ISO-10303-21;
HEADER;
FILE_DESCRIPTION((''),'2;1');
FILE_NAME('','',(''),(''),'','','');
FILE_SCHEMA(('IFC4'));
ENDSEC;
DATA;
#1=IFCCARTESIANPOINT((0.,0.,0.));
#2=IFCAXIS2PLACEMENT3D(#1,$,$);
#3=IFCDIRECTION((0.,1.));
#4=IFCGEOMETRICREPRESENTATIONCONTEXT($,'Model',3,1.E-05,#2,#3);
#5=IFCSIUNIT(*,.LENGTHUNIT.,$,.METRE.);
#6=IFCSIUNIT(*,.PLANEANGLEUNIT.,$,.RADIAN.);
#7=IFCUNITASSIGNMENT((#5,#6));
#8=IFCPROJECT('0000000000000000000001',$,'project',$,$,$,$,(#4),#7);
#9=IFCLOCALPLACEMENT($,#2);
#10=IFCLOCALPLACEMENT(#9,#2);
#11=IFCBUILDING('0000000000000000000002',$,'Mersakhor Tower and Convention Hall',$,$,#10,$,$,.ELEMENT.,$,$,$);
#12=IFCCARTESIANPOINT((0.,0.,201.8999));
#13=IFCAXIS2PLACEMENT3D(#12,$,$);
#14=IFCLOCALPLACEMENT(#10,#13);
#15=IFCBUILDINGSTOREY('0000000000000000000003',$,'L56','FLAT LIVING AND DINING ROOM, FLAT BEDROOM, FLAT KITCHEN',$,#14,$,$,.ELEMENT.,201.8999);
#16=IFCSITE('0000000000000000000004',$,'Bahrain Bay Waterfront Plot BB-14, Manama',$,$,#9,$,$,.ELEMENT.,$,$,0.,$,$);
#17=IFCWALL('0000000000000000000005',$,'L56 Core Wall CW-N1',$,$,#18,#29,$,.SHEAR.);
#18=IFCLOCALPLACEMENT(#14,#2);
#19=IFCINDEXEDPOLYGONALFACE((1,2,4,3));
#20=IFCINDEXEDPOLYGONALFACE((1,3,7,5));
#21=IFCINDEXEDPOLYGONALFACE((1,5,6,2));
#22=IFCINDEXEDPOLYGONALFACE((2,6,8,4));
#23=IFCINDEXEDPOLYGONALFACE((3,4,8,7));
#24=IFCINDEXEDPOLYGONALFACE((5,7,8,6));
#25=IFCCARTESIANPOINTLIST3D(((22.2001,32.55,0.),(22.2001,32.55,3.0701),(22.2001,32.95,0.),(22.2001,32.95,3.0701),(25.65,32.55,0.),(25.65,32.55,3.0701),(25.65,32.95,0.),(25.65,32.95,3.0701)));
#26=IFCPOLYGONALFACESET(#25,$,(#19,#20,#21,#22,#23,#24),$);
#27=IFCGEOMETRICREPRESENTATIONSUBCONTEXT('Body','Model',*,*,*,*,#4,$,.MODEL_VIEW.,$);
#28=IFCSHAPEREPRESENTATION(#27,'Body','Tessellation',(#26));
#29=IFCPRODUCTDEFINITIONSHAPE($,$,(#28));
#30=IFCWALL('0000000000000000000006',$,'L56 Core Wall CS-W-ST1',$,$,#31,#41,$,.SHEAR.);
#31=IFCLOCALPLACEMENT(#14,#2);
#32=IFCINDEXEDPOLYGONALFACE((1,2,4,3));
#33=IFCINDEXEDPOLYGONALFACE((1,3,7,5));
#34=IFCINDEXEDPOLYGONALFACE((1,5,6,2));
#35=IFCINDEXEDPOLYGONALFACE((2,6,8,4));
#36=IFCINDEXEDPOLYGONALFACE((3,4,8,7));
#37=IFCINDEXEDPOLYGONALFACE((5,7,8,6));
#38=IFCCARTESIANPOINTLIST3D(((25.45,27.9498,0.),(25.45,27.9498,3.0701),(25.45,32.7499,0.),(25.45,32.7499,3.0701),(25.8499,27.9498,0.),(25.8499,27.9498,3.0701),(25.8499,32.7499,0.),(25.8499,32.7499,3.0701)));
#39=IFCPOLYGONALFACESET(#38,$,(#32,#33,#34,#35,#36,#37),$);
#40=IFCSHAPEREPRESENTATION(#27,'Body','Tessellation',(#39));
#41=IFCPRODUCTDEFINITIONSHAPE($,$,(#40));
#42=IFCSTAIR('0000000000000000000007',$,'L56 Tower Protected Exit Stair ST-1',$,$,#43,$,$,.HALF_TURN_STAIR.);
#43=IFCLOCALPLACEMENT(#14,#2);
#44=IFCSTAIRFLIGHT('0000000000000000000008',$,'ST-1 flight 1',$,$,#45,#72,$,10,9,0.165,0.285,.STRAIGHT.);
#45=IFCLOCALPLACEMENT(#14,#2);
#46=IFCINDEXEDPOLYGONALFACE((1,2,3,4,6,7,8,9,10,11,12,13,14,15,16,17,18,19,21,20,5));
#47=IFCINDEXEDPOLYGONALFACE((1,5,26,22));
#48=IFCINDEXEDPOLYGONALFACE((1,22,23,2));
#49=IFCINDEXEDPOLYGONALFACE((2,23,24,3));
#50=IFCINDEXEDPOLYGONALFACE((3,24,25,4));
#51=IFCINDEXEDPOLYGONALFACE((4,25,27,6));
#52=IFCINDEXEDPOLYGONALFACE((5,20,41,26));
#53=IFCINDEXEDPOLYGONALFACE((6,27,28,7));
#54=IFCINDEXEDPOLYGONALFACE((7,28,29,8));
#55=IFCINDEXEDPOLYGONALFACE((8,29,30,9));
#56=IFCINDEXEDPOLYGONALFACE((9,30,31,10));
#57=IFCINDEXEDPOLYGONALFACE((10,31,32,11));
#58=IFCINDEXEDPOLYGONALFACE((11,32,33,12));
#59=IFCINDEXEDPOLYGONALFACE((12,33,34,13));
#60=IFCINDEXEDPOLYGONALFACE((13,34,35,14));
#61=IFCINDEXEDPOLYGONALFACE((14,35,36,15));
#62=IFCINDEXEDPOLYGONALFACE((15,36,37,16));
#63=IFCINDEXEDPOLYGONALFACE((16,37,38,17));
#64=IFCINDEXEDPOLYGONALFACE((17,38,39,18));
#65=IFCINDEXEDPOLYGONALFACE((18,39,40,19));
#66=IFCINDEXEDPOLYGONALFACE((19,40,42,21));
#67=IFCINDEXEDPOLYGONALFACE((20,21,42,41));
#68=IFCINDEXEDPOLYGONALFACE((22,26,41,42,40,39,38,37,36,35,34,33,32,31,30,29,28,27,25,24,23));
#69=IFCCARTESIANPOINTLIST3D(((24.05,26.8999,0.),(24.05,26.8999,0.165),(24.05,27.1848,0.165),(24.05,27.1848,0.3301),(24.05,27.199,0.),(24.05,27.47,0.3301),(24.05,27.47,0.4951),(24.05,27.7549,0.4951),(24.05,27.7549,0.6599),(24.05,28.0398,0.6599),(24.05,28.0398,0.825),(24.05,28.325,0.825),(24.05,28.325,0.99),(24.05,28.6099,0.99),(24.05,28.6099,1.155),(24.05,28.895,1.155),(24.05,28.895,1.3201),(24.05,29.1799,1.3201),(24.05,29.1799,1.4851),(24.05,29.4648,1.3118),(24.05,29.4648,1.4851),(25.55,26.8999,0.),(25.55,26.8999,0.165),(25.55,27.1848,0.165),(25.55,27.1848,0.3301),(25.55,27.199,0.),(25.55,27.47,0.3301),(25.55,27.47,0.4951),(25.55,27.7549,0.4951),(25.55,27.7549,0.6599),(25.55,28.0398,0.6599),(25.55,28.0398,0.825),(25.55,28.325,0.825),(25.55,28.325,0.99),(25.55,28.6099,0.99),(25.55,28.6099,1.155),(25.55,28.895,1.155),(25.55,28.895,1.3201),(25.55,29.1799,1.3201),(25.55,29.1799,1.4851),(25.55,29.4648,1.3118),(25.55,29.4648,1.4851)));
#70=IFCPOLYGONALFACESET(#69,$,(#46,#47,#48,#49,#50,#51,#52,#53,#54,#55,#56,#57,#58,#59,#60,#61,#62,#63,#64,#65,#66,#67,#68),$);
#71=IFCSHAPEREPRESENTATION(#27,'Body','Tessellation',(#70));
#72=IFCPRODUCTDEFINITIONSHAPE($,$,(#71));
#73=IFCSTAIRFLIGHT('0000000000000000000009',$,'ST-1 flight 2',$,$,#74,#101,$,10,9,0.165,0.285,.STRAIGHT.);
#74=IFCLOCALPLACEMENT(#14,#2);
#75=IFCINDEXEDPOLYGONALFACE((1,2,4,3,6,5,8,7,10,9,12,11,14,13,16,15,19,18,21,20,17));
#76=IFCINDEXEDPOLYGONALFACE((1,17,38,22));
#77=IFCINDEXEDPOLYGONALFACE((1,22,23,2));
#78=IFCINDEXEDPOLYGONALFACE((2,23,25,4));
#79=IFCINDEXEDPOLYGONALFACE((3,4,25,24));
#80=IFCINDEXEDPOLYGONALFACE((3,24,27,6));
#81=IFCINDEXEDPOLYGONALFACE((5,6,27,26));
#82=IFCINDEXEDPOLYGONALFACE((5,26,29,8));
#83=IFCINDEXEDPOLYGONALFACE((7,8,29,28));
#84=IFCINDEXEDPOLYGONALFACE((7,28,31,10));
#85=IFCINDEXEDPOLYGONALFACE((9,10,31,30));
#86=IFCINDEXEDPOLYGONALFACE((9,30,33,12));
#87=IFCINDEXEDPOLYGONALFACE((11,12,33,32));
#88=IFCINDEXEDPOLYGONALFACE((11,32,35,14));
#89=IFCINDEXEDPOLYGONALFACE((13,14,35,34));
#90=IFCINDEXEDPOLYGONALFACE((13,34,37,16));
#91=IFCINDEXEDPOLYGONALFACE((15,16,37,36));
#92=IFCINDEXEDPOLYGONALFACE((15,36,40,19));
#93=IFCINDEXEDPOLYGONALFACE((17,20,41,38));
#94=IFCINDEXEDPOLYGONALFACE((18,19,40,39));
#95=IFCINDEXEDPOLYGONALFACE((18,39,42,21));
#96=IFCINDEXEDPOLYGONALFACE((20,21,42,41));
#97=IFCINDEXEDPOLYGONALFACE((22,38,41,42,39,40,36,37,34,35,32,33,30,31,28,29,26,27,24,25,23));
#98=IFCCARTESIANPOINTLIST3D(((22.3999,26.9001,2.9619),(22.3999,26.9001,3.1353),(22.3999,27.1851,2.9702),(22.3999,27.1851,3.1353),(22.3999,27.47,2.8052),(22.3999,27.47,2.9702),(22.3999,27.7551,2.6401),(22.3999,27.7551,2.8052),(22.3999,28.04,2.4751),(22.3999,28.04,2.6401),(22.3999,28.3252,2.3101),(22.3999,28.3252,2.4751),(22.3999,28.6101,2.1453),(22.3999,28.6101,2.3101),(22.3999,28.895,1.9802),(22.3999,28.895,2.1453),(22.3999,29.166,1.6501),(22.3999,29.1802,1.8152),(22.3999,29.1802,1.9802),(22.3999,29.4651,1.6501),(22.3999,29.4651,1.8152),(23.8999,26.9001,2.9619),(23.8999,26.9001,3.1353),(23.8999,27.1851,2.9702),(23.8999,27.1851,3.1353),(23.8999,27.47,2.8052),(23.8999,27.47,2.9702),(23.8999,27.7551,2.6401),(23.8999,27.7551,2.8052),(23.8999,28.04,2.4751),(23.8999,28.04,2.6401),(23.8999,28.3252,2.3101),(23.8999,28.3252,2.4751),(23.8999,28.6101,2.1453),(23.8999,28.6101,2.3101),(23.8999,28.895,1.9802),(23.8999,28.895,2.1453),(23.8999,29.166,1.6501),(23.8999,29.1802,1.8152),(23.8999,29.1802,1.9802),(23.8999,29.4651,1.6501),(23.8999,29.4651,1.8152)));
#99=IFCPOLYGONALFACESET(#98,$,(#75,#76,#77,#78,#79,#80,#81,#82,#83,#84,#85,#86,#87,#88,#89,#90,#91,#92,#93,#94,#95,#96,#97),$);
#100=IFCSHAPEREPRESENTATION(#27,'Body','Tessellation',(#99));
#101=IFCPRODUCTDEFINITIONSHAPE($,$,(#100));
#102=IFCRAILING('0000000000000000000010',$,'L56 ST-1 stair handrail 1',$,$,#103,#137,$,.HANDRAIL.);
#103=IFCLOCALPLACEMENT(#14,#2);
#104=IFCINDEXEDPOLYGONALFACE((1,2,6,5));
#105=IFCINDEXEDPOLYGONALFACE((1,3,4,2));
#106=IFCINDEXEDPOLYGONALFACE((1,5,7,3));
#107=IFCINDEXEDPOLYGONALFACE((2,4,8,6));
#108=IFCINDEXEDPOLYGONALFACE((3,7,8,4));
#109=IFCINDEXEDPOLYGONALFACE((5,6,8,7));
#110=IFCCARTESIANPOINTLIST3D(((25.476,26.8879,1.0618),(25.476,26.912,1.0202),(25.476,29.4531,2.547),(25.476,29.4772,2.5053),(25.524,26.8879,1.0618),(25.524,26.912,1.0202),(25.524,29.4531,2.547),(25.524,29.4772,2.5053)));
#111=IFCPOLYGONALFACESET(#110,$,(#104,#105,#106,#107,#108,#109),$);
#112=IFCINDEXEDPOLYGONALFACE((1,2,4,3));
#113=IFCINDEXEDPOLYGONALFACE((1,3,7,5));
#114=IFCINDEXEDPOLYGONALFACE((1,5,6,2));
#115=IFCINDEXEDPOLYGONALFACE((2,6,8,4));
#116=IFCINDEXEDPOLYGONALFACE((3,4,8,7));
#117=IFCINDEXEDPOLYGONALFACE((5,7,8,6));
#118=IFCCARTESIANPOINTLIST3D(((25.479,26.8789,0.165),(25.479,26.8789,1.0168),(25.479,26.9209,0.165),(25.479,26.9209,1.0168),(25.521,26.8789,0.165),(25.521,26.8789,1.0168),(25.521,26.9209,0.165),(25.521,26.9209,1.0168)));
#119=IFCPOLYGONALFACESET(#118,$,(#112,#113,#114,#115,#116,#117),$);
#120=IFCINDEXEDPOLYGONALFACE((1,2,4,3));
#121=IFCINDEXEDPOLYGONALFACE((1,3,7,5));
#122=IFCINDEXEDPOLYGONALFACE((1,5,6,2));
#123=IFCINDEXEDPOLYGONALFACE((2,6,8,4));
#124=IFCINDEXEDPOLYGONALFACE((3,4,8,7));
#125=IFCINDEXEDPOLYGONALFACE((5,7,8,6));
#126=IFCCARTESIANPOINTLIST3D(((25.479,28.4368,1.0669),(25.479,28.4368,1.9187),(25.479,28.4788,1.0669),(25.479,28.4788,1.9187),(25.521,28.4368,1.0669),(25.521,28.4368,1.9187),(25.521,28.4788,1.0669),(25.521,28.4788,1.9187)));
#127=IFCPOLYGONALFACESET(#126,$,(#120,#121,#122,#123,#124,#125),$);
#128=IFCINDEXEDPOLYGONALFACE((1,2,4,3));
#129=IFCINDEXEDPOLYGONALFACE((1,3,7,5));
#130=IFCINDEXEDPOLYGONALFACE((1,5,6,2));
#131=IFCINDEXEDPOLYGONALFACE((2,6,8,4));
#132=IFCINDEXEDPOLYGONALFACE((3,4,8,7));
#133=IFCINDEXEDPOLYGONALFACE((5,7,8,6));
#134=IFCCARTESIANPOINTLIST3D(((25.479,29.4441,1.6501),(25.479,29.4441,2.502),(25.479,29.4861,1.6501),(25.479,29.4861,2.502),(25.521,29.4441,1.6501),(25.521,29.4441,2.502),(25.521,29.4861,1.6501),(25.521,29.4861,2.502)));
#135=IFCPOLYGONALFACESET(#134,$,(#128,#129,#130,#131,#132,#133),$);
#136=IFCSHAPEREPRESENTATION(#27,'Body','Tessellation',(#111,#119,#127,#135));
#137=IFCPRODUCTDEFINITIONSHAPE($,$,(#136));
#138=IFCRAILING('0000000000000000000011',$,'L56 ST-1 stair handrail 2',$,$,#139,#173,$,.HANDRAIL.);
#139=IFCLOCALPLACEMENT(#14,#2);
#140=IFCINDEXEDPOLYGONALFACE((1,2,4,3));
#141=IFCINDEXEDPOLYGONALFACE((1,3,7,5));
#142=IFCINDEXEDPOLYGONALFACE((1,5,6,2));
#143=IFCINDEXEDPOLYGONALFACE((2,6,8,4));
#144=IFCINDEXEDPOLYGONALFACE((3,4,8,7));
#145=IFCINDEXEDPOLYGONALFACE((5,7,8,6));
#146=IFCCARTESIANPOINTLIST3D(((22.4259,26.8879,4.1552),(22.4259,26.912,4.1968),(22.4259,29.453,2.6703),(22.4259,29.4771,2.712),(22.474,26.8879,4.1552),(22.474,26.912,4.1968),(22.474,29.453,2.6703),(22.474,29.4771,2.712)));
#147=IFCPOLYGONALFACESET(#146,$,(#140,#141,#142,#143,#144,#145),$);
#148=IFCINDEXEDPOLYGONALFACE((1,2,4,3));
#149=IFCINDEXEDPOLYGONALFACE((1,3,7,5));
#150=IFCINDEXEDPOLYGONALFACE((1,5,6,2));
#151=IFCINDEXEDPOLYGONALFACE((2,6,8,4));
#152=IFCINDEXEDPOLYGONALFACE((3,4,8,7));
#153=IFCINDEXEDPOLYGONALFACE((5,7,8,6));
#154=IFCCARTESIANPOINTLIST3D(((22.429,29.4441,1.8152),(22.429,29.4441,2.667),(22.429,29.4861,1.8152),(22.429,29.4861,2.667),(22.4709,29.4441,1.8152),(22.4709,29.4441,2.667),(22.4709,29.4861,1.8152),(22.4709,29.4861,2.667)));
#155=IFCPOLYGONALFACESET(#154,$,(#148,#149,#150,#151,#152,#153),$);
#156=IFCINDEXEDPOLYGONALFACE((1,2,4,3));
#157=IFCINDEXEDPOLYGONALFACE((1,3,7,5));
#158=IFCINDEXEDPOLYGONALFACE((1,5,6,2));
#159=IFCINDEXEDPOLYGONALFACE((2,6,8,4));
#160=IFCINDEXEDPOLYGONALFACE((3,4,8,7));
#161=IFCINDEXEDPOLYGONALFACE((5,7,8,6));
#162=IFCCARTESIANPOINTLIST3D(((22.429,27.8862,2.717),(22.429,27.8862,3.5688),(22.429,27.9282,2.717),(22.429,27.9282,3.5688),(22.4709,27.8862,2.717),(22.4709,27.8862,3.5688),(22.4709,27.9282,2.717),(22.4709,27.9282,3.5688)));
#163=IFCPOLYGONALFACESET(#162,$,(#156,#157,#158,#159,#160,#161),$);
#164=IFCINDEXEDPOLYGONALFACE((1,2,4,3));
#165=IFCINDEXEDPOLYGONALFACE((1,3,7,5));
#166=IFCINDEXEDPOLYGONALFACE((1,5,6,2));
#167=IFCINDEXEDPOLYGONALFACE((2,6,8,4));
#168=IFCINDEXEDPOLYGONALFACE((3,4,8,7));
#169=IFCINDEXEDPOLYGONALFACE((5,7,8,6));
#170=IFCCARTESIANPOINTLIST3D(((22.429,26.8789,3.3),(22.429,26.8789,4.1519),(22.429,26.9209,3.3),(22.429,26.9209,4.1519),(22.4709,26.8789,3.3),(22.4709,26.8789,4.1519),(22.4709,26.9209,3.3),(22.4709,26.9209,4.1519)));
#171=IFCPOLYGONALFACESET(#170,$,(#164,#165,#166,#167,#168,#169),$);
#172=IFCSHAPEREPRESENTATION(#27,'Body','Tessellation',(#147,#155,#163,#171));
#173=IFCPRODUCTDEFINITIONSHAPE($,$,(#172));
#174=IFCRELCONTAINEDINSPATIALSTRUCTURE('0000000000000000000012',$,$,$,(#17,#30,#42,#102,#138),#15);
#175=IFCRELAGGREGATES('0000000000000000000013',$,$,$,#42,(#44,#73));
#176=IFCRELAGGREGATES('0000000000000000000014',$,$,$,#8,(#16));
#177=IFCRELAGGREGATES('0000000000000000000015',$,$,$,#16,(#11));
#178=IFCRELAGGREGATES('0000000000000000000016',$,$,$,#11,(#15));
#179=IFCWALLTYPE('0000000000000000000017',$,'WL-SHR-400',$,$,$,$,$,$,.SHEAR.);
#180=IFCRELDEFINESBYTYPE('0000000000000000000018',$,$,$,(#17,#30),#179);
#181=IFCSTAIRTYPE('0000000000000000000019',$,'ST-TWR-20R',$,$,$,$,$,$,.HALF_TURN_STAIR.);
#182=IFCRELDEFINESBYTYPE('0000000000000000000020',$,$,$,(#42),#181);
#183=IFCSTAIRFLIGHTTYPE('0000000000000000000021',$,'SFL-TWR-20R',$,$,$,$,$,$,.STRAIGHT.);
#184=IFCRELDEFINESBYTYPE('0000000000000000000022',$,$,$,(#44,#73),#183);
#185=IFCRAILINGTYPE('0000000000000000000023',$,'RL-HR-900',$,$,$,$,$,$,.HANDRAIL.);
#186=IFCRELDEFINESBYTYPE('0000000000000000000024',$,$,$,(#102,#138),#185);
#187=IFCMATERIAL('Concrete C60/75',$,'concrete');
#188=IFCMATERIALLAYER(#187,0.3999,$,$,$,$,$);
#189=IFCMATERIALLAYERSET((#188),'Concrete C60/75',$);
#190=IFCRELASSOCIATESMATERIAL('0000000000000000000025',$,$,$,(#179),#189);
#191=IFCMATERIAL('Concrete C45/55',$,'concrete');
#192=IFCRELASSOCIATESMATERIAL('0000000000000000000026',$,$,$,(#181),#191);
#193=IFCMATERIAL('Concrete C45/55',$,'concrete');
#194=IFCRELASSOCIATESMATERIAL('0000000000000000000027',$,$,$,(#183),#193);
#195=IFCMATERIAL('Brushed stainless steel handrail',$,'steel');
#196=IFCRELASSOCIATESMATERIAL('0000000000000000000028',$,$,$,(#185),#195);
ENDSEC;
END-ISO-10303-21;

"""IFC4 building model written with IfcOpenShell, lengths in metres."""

from ifc_helpers import new_model, si_unit, direction, frame, frame_2d, origin, origin_2d, place, context, subcontext, project, spatial, polyline, rectangle, outline, extrude, material, layer, layer_set, type_object, element, aggregate, save


model = new_model("IFC4")

# Units and contexts
model_context = context("Model", 3, precision=1e-05, world=origin(), true_north=direction((0.0, 1.0)))
body_context = subcontext(model_context, "Body", "Model", "MODEL_VIEW")
ifc_project = project(units=[si_unit("LENGTHUNIT", "METRE"), si_unit("PLANEANGLEUNIT", "RADIAN")], contexts=[model_context])

# Site, building, storey
site_placement = place(None, origin())
site = spatial("IfcSite", under=ifc_project, at=site_placement, Name="Bahrain Bay Waterfront Plot BB-14, Manama", CompositionType="ELEMENT", RefElevation=0.0)
building_placement = place(site_placement, origin())
building = spatial("IfcBuilding", under=site, at=building_placement, Name="Mersakhor Tower and Convention Hall", CompositionType="ELEMENT")
storey_placement = place(building_placement, frame((0.0, 0.0, 201.8999)))
storey = spatial("IfcBuildingStorey", under=building, at=storey_placement, Name="L56", Description="FLAT LIVING AND DINING ROOM, FLAT BEDROOM, FLAT KITCHEN", CompositionType="ELEMENT", Elevation=201.8999)

# Wall
ifc_material_1 = material(Name="Concrete C60/75", Category="concrete")
ifc_layer_1 = layer(ifc_material_1, 0.3999)
ifc_layer_set_1 = layer_set([ifc_layer_1], Name="Concrete C60/75")
wall_type_1 = type_object("IfcWallType", Name="WL-SHR-400", PredefinedType="SHEAR", material=ifc_layer_set_1)
wall_1_placement = place(storey_placement, frame((22.2, 32.75, 0.0), z_axis=(0.0, 0.0, 1.0), x_axis=(1.0, 0.0, 0.0)))
element("IfcWall", 1, at=wall_1_placement, inside=storey, type_object=wall_type_1, Name="L56 Core Wall CW-N1", PredefinedType="SHEAR", context=body_context, shape_type="SweptSolid", body=[
    extrude(rectangle(XDim=3.45, YDim=0.3999, at=frame_2d((1.7251, 0.0))), origin(), (0.0, 0.0, 1.0), 3.0701),
])

# Wall
wall_2_placement = place(storey_placement, frame((25.6499, 27.95, 0.0), z_axis=(0.0, 0.0, 1.0), x_axis=(0.0, 1.0, 0.0)))
element("IfcWall", 2, at=wall_2_placement, inside=storey, type_object=wall_type_1, Name="L56 Core Wall CS-W-ST1", PredefinedType="SHEAR", context=body_context, shape_type="SweptSolid", body=[
    extrude(rectangle(XDim=4.8, YDim=0.3999, at=frame_2d((2.3999, 0.0))), origin(), (0.0, 0.0, 1.0), 3.0701),
])

# Stair, stair flights
ifc_material_2 = material(Name="Concrete C45/55", Category="concrete")
stair_type = type_object("IfcStairType", Name="ST-TWR-20R", PredefinedType="HALF_TURN_STAIR", material=ifc_material_2)
stair_placement = place(storey_placement, origin())
stair = element("IfcStair", 3, at=stair_placement, inside=storey, type_object=stair_type, Name="L56 Tower Protected Exit Stair ST-1", PredefinedType="HALF_TURN_STAIR")
ifc_material_3 = material(Name="Concrete C45/55", Category="concrete")
stair_flight_type = type_object("IfcStairFlightType", Name="SFL-TWR-20R", PredefinedType="STRAIGHT", material=ifc_material_3)
stair_flight_1_placement = place(storey_placement, frame((24.8, 26.8999, 0.0), z_axis=(0.0, 0.0, 1.0), x_axis=(0.0, 1.0, 0.0)))
stair_flight_1 = element("IfcStairFlight", 4, at=stair_flight_1_placement, type_object=stair_flight_type, Name="ST-1 flight 1", NumberOfRisers=10, NumberOfTreads=9, PredefinedType="STRAIGHT", RiserHeight=0.165, TreadLength=0.285, context=body_context, shape_type="SweptSolid", body=[
    extrude(outline(polyline([(0.0, 0.0), (0.0, 0.165), (0.2849, 0.165), (0.2849, 0.3301), (0.5701, 0.3301), (0.5701, 0.4951), (0.855, 0.4951), (0.855, 0.6599), (1.1399, 0.6599), (1.1399, 0.825), (1.425, 0.825), (1.425, 0.99), (1.71, 0.99), (1.71, 1.155), (1.9951, 1.155), (1.9951, 1.3201), (2.28, 1.3201), (2.28, 1.4851), (2.5649, 1.4851), (2.5649, 1.6499), (2.5649, 1.3118), (0.2991, 0.0), (0.0, 0.0)])), frame((0.0, 0.75, 0.0), z_axis=(0.0, -1.0, 0.0), x_axis=(1.0, 0.0, 0.0)), (0.0, 0.0, 1.0), 1.5),
])
stair_flight_2_placement = place(storey_placement, frame((23.1499, 29.4651, 1.6501), z_axis=(0.0, 0.0, 1.0), x_axis=(0.0, -1.0, 0.0)))
stair_flight_2 = element("IfcStairFlight", 5, at=stair_flight_2_placement, type_object=stair_flight_type, Name="ST-1 flight 2", NumberOfRisers=10, NumberOfTreads=9, PredefinedType="STRAIGHT", RiserHeight=0.165, TreadLength=0.285, context=body_context, shape_type="SweptSolid", body=[
    extrude(outline(polyline([(0.0, 0.0), (0.0, 0.165), (0.2849, 0.165), (0.2849, 0.3301), (0.5701, 0.3301), (0.5701, 0.4951), (0.855, 0.4951), (0.855, 0.6599), (1.1399, 0.6599), (1.1399, 0.825), (1.425, 0.825), (1.425, 0.99), (1.71, 0.99), (1.71, 1.155), (1.9951, 1.155), (1.9951, 1.3201), (2.28, 1.3201), (2.28, 1.4851), (2.5649, 1.4851), (2.5649, 1.6499), (2.5649, 1.3118), (0.2991, 0.0), (0.0, 0.0)])), frame((0.0, 0.75, 0.0), z_axis=(0.0, -1.0, 0.0), x_axis=(1.0, 0.0, 0.0)), (0.0, 0.0, 1.0), 1.5),
])
aggregate(stair, [stair_flight_1, stair_flight_2])

# Railings
ifc_material_4 = material(Name="Brushed stainless steel handrail", Category="steel")
railing_type_1 = type_object("IfcRailingType", Name="RL-HR-900", PredefinedType="HANDRAIL", material=ifc_material_4)
railing_1_placement = place(storey_placement, frame((25.5, 26.8999, 0.165)))
element("IfcRailing", 6, at=railing_1_placement, inside=storey, type_object=railing_type_1, Name="L56 ST-1 stair handrail 1", PredefinedType="HANDRAIL", context=body_context, shape_type="SweptSolid", body=[
    extrude(rectangle(XDim=0.0481, YDim=0.0481, at=origin_2d()), frame((0.0, 0.0, 0.876), z_axis=(0.0, 0.865426, 0.501036), x_axis=(-1.0, 0.0, 0.0)), (0.0, 0.0, 1.0), 2.9641),
    extrude(rectangle(XDim=0.042, YDim=0.042, at=origin_2d()), origin(), (0.0, 0.0, 1.0), 0.8518),
    extrude(rectangle(XDim=0.042, YDim=0.042, at=origin_2d()), frame((0.0, 1.5579, 0.9019)), (0.0, 0.0, 1.0), 0.8518),
    extrude(rectangle(XDim=0.042, YDim=0.042, at=origin_2d()), frame((0.0, 2.5652, 1.4851)), (0.0, 0.0, 1.0), 0.8518),
])
railing_2_placement = place(storey_placement, frame((22.45, 29.4651, 1.8152)))
element("IfcRailing", 7, at=railing_2_placement, inside=storey, type_object=railing_type_1, Name="L56 ST-1 stair handrail 2", PredefinedType="HANDRAIL", context=body_context, shape_type="SweptSolid", body=[
    extrude(rectangle(XDim=0.0481, YDim=0.0481, at=origin_2d()), frame((0.0, 0.0, 0.876), z_axis=(0.0, -0.865462, 0.500975), x_axis=(1.0, 0.0, 0.0)), (0.0, 0.0, 1.0), 2.9639),
    extrude(rectangle(XDim=0.042, YDim=0.042, at=origin_2d()), origin(), (0.0, 0.0, 1.0), 0.8518),
    extrude(rectangle(XDim=0.042, YDim=0.042, at=origin_2d()), frame((0.0, -1.5579, 0.9019)), (0.0, 0.0, 1.0), 0.8518),
    extrude(rectangle(XDim=0.042, YDim=0.042, at=origin_2d()), frame((0.0, -2.5652, 1.4849)), (0.0, 0.0, 1.0), 0.8518),
])

save(model, "model.ifc")
